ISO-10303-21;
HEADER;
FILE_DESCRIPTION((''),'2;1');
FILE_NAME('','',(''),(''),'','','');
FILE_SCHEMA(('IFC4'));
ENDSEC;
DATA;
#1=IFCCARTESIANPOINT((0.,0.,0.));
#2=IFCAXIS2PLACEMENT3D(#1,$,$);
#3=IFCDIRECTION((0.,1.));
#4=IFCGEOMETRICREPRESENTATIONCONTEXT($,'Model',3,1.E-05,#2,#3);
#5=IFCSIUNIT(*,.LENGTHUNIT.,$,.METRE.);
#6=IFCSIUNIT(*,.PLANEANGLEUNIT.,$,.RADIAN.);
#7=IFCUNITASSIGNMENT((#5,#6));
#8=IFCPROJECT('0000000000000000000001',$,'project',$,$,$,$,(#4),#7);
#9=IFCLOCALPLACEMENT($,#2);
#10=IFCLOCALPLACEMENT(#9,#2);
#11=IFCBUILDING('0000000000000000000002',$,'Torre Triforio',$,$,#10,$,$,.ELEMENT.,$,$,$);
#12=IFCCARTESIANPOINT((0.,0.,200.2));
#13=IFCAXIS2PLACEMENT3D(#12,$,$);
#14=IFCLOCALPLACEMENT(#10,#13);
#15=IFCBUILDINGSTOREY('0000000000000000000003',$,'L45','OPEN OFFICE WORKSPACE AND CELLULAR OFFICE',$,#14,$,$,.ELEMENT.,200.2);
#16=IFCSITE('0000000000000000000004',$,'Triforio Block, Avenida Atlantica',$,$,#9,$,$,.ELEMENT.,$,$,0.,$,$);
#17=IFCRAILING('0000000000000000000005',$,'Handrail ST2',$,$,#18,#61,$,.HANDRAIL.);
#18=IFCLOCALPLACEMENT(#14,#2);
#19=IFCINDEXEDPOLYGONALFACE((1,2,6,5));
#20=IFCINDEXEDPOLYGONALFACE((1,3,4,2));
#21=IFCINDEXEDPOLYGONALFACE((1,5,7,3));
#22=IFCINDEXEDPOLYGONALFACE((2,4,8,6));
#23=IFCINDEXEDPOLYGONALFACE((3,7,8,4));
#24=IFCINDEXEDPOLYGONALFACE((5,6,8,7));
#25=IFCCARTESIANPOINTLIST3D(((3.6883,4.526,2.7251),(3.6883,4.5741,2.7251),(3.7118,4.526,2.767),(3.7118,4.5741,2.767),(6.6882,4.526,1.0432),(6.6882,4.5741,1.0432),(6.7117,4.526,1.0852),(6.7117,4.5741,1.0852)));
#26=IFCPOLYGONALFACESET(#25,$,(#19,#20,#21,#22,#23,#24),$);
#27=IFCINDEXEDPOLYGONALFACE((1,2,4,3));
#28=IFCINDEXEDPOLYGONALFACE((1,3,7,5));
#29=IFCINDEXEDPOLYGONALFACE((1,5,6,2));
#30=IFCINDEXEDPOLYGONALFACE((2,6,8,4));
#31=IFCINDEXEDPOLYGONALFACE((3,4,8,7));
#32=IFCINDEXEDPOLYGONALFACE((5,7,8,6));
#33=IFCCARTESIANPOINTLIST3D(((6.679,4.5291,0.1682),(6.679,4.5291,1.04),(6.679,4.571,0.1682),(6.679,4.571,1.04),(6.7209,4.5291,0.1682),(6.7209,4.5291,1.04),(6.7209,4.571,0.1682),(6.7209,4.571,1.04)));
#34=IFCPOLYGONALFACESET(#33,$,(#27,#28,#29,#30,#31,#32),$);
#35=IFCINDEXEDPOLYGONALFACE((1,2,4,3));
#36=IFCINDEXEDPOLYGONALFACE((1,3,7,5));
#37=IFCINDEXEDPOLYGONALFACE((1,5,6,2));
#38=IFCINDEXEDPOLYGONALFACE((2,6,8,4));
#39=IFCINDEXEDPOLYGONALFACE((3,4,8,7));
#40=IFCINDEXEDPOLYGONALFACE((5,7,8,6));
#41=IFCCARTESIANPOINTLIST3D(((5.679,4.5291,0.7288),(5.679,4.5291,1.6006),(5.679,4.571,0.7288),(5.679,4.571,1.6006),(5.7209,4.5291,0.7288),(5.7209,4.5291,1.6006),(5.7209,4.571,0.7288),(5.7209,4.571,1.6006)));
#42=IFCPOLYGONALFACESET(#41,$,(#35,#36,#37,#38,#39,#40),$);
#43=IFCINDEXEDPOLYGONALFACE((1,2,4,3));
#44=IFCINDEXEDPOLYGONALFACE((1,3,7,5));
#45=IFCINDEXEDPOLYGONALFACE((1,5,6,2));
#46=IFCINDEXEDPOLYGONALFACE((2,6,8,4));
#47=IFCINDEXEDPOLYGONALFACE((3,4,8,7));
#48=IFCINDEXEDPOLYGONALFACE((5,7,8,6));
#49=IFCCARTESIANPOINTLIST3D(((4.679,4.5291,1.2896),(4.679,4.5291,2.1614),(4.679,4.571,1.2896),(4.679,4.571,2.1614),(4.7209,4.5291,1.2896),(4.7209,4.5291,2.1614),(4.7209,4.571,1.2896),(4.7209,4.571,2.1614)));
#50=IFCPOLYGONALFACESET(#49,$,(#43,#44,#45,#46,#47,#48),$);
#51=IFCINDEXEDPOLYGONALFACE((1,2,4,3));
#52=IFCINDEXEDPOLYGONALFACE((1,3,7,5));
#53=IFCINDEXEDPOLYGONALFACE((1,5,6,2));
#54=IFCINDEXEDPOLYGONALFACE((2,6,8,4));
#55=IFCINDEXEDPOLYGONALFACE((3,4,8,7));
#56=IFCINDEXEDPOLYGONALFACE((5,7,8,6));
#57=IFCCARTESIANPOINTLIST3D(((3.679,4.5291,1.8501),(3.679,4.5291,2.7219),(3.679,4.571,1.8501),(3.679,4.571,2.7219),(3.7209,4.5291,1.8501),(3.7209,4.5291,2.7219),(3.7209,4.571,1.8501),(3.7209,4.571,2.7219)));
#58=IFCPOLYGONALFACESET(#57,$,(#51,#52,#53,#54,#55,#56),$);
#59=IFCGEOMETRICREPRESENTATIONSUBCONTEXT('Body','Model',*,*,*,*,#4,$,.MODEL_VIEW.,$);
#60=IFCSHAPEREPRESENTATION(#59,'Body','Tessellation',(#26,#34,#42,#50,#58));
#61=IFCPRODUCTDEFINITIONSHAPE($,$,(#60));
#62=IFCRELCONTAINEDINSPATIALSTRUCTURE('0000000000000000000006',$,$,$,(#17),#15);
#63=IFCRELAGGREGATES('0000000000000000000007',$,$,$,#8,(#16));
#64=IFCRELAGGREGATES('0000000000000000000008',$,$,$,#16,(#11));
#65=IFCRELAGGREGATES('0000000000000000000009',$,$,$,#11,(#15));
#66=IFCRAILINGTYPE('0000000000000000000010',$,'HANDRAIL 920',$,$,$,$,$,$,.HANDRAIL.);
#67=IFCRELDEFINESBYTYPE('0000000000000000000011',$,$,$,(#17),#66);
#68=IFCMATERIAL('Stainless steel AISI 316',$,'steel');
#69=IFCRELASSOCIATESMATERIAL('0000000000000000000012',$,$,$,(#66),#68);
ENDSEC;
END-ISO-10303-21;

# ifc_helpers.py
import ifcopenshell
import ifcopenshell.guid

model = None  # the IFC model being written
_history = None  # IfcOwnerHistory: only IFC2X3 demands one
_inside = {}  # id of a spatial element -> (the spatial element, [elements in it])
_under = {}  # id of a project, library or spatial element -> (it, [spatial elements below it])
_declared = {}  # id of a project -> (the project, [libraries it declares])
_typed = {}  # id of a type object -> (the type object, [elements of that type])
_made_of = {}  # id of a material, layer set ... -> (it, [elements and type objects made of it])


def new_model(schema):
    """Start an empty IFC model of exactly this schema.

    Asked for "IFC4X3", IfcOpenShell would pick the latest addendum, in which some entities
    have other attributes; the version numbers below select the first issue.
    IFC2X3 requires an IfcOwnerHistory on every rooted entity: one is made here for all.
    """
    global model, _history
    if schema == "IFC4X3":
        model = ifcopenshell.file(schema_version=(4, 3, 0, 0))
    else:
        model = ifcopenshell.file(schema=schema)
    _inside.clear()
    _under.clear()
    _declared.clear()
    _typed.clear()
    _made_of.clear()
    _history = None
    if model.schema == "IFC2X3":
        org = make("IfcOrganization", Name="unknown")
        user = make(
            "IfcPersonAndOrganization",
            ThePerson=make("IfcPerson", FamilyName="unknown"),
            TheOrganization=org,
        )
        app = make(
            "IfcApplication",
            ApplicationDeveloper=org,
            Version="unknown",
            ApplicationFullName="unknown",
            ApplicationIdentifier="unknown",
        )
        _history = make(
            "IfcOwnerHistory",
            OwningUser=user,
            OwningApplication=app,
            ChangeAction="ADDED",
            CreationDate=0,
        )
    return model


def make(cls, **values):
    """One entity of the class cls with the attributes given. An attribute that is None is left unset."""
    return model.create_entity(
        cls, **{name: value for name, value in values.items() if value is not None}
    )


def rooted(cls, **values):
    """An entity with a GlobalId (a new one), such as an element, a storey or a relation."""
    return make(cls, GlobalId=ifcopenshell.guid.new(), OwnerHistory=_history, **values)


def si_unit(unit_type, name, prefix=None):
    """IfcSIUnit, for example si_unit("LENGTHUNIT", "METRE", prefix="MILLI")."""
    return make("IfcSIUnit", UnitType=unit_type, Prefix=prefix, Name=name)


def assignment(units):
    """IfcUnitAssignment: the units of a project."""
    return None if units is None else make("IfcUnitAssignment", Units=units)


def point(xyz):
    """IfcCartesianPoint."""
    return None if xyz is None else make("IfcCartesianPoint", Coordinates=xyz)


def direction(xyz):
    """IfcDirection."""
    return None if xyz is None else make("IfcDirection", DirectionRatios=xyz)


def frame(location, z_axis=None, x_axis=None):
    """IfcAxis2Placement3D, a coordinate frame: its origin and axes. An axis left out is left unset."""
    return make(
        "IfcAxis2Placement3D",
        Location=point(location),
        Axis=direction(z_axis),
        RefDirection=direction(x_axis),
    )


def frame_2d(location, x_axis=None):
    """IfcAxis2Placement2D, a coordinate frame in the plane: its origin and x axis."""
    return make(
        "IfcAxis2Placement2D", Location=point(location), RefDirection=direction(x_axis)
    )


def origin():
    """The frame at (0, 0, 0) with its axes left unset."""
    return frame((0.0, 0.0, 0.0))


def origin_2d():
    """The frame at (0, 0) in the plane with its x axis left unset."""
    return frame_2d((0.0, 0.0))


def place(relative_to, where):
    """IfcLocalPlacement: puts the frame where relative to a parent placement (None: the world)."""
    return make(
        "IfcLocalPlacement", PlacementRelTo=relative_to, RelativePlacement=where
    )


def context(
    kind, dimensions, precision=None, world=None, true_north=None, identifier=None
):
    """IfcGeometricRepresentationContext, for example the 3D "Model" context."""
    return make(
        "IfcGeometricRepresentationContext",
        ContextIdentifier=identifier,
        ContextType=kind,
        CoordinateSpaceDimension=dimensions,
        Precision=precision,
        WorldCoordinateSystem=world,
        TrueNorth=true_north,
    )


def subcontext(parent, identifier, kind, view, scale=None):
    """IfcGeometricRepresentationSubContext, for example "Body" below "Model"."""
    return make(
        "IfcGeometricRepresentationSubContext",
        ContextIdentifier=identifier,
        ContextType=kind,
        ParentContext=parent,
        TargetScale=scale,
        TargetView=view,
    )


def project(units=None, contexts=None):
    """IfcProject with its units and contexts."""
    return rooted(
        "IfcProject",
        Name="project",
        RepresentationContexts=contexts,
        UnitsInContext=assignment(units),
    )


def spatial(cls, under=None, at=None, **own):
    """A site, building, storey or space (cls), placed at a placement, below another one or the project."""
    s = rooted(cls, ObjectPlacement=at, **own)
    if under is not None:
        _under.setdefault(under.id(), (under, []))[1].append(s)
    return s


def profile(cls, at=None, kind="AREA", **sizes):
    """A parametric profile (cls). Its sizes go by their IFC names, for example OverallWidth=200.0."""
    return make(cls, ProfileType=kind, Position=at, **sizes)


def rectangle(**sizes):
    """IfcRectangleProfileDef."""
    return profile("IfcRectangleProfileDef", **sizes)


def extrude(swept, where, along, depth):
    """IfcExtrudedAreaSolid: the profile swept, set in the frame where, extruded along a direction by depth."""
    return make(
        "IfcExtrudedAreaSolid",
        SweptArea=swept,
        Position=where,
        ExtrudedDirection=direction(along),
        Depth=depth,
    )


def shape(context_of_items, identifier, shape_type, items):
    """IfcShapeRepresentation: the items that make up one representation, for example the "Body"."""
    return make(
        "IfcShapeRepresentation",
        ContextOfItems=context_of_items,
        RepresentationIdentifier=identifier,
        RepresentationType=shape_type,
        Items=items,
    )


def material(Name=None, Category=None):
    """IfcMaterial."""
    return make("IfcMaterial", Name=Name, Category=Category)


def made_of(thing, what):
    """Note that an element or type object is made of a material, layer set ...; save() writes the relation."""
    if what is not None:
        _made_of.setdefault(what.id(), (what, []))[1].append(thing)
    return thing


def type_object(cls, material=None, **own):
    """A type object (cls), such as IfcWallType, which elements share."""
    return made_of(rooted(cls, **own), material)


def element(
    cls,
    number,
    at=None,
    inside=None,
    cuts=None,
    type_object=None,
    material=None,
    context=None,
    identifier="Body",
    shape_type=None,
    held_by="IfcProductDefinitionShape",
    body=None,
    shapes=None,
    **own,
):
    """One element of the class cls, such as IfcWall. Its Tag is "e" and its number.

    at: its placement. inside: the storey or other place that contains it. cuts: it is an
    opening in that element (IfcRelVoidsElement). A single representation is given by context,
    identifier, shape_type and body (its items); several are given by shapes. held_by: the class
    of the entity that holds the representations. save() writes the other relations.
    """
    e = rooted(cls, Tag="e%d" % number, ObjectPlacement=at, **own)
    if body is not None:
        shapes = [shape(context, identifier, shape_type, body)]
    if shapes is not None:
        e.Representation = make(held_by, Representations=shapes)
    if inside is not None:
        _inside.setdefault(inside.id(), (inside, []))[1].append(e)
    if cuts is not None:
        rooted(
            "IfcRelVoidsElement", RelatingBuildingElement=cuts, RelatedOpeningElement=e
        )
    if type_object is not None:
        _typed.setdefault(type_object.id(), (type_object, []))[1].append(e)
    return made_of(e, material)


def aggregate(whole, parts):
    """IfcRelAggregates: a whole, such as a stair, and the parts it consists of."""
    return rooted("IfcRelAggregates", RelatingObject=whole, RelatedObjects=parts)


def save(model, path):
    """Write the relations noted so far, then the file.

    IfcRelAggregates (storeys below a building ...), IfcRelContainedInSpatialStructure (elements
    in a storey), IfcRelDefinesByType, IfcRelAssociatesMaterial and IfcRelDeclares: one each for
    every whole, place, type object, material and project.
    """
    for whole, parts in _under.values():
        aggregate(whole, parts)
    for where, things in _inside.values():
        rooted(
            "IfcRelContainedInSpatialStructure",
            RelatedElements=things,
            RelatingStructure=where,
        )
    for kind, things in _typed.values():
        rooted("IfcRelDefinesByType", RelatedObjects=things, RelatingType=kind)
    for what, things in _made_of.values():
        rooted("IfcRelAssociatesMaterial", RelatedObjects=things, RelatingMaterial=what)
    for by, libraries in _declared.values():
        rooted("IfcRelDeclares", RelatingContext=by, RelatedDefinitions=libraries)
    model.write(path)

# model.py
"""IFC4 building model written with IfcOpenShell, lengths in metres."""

from ifc_helpers import new_model, si_unit, direction, frame, origin, origin_2d, place, context, subcontext, project, spatial, rectangle, extrude, material, type_object, element, save


model = new_model("IFC4")

# Units and contexts
model_context = context("Model", 3, precision=1e-05, world=origin(), true_north=direction((0.0, 1.0)))
body_context = subcontext(model_context, "Body", "Model", "MODEL_VIEW")
ifc_project = project(units=[si_unit("LENGTHUNIT", "METRE"), si_unit("PLANEANGLEUNIT", "RADIAN")], contexts=[model_context])

# Site, building, storey
site_placement = place(None, origin())
site = spatial("IfcSite", under=ifc_project, at=site_placement, Name="Triforio Block, Avenida Atlantica", CompositionType="ELEMENT", RefElevation=0.0)
building_placement = place(site_placement, origin())
building = spatial("IfcBuilding", under=site, at=building_placement, Name="Torre Triforio", CompositionType="ELEMENT")
storey_placement = place(building_placement, frame((0.0, 0.0, 200.2)))
storey = spatial("IfcBuildingStorey", under=building, at=storey_placement, Name="L45", Description="OPEN OFFICE WORKSPACE AND CELLULAR OFFICE", CompositionType="ELEMENT", Elevation=200.2)

# Railing
ifc_material_1 = material(Name="Stainless steel AISI 316", Category="steel")
railing_type = type_object("IfcRailingType", Name="HANDRAIL 920", PredefinedType="HANDRAIL", material=ifc_material_1)
railing_placement = place(storey_placement, frame((6.7, 4.55, 0.1682)))
element("IfcRailing", 1, at=railing_placement, inside=storey, type_object=railing_type, Name="Handrail ST2", PredefinedType="HANDRAIL", context=body_context, shape_type="SweptSolid", body=[
    extrude(rectangle(XDim=0.0481, YDim=0.0481, at=origin_2d()), frame((0.0, 0.0, 0.896), z_axis=(-0.872272, 0.0, 0.48902), x_axis=(0.0, -1.0, 0.0)), (0.0, 0.0, 1.0), 3.4392),
    extrude(rectangle(XDim=0.042, YDim=0.042, at=origin_2d()), origin(), (0.0, 0.0, 1.0), 0.8718),
    extrude(rectangle(XDim=0.042, YDim=0.042, at=origin_2d()), frame((-1.0, 0.0, 0.5605)), (0.0, 0.0, 1.0), 0.8718),
    extrude(rectangle(XDim=0.042, YDim=0.042, at=origin_2d()), frame((-2.0, 0.0, 1.1213)), (0.0, 0.0, 1.0), 0.8718),
    extrude(rectangle(XDim=0.042, YDim=0.042, at=origin_2d()), frame((-3.0, 0.0, 1.6819)), (0.0, 0.0, 1.0), 0.8718),
])

save(model, "model.ifc")
